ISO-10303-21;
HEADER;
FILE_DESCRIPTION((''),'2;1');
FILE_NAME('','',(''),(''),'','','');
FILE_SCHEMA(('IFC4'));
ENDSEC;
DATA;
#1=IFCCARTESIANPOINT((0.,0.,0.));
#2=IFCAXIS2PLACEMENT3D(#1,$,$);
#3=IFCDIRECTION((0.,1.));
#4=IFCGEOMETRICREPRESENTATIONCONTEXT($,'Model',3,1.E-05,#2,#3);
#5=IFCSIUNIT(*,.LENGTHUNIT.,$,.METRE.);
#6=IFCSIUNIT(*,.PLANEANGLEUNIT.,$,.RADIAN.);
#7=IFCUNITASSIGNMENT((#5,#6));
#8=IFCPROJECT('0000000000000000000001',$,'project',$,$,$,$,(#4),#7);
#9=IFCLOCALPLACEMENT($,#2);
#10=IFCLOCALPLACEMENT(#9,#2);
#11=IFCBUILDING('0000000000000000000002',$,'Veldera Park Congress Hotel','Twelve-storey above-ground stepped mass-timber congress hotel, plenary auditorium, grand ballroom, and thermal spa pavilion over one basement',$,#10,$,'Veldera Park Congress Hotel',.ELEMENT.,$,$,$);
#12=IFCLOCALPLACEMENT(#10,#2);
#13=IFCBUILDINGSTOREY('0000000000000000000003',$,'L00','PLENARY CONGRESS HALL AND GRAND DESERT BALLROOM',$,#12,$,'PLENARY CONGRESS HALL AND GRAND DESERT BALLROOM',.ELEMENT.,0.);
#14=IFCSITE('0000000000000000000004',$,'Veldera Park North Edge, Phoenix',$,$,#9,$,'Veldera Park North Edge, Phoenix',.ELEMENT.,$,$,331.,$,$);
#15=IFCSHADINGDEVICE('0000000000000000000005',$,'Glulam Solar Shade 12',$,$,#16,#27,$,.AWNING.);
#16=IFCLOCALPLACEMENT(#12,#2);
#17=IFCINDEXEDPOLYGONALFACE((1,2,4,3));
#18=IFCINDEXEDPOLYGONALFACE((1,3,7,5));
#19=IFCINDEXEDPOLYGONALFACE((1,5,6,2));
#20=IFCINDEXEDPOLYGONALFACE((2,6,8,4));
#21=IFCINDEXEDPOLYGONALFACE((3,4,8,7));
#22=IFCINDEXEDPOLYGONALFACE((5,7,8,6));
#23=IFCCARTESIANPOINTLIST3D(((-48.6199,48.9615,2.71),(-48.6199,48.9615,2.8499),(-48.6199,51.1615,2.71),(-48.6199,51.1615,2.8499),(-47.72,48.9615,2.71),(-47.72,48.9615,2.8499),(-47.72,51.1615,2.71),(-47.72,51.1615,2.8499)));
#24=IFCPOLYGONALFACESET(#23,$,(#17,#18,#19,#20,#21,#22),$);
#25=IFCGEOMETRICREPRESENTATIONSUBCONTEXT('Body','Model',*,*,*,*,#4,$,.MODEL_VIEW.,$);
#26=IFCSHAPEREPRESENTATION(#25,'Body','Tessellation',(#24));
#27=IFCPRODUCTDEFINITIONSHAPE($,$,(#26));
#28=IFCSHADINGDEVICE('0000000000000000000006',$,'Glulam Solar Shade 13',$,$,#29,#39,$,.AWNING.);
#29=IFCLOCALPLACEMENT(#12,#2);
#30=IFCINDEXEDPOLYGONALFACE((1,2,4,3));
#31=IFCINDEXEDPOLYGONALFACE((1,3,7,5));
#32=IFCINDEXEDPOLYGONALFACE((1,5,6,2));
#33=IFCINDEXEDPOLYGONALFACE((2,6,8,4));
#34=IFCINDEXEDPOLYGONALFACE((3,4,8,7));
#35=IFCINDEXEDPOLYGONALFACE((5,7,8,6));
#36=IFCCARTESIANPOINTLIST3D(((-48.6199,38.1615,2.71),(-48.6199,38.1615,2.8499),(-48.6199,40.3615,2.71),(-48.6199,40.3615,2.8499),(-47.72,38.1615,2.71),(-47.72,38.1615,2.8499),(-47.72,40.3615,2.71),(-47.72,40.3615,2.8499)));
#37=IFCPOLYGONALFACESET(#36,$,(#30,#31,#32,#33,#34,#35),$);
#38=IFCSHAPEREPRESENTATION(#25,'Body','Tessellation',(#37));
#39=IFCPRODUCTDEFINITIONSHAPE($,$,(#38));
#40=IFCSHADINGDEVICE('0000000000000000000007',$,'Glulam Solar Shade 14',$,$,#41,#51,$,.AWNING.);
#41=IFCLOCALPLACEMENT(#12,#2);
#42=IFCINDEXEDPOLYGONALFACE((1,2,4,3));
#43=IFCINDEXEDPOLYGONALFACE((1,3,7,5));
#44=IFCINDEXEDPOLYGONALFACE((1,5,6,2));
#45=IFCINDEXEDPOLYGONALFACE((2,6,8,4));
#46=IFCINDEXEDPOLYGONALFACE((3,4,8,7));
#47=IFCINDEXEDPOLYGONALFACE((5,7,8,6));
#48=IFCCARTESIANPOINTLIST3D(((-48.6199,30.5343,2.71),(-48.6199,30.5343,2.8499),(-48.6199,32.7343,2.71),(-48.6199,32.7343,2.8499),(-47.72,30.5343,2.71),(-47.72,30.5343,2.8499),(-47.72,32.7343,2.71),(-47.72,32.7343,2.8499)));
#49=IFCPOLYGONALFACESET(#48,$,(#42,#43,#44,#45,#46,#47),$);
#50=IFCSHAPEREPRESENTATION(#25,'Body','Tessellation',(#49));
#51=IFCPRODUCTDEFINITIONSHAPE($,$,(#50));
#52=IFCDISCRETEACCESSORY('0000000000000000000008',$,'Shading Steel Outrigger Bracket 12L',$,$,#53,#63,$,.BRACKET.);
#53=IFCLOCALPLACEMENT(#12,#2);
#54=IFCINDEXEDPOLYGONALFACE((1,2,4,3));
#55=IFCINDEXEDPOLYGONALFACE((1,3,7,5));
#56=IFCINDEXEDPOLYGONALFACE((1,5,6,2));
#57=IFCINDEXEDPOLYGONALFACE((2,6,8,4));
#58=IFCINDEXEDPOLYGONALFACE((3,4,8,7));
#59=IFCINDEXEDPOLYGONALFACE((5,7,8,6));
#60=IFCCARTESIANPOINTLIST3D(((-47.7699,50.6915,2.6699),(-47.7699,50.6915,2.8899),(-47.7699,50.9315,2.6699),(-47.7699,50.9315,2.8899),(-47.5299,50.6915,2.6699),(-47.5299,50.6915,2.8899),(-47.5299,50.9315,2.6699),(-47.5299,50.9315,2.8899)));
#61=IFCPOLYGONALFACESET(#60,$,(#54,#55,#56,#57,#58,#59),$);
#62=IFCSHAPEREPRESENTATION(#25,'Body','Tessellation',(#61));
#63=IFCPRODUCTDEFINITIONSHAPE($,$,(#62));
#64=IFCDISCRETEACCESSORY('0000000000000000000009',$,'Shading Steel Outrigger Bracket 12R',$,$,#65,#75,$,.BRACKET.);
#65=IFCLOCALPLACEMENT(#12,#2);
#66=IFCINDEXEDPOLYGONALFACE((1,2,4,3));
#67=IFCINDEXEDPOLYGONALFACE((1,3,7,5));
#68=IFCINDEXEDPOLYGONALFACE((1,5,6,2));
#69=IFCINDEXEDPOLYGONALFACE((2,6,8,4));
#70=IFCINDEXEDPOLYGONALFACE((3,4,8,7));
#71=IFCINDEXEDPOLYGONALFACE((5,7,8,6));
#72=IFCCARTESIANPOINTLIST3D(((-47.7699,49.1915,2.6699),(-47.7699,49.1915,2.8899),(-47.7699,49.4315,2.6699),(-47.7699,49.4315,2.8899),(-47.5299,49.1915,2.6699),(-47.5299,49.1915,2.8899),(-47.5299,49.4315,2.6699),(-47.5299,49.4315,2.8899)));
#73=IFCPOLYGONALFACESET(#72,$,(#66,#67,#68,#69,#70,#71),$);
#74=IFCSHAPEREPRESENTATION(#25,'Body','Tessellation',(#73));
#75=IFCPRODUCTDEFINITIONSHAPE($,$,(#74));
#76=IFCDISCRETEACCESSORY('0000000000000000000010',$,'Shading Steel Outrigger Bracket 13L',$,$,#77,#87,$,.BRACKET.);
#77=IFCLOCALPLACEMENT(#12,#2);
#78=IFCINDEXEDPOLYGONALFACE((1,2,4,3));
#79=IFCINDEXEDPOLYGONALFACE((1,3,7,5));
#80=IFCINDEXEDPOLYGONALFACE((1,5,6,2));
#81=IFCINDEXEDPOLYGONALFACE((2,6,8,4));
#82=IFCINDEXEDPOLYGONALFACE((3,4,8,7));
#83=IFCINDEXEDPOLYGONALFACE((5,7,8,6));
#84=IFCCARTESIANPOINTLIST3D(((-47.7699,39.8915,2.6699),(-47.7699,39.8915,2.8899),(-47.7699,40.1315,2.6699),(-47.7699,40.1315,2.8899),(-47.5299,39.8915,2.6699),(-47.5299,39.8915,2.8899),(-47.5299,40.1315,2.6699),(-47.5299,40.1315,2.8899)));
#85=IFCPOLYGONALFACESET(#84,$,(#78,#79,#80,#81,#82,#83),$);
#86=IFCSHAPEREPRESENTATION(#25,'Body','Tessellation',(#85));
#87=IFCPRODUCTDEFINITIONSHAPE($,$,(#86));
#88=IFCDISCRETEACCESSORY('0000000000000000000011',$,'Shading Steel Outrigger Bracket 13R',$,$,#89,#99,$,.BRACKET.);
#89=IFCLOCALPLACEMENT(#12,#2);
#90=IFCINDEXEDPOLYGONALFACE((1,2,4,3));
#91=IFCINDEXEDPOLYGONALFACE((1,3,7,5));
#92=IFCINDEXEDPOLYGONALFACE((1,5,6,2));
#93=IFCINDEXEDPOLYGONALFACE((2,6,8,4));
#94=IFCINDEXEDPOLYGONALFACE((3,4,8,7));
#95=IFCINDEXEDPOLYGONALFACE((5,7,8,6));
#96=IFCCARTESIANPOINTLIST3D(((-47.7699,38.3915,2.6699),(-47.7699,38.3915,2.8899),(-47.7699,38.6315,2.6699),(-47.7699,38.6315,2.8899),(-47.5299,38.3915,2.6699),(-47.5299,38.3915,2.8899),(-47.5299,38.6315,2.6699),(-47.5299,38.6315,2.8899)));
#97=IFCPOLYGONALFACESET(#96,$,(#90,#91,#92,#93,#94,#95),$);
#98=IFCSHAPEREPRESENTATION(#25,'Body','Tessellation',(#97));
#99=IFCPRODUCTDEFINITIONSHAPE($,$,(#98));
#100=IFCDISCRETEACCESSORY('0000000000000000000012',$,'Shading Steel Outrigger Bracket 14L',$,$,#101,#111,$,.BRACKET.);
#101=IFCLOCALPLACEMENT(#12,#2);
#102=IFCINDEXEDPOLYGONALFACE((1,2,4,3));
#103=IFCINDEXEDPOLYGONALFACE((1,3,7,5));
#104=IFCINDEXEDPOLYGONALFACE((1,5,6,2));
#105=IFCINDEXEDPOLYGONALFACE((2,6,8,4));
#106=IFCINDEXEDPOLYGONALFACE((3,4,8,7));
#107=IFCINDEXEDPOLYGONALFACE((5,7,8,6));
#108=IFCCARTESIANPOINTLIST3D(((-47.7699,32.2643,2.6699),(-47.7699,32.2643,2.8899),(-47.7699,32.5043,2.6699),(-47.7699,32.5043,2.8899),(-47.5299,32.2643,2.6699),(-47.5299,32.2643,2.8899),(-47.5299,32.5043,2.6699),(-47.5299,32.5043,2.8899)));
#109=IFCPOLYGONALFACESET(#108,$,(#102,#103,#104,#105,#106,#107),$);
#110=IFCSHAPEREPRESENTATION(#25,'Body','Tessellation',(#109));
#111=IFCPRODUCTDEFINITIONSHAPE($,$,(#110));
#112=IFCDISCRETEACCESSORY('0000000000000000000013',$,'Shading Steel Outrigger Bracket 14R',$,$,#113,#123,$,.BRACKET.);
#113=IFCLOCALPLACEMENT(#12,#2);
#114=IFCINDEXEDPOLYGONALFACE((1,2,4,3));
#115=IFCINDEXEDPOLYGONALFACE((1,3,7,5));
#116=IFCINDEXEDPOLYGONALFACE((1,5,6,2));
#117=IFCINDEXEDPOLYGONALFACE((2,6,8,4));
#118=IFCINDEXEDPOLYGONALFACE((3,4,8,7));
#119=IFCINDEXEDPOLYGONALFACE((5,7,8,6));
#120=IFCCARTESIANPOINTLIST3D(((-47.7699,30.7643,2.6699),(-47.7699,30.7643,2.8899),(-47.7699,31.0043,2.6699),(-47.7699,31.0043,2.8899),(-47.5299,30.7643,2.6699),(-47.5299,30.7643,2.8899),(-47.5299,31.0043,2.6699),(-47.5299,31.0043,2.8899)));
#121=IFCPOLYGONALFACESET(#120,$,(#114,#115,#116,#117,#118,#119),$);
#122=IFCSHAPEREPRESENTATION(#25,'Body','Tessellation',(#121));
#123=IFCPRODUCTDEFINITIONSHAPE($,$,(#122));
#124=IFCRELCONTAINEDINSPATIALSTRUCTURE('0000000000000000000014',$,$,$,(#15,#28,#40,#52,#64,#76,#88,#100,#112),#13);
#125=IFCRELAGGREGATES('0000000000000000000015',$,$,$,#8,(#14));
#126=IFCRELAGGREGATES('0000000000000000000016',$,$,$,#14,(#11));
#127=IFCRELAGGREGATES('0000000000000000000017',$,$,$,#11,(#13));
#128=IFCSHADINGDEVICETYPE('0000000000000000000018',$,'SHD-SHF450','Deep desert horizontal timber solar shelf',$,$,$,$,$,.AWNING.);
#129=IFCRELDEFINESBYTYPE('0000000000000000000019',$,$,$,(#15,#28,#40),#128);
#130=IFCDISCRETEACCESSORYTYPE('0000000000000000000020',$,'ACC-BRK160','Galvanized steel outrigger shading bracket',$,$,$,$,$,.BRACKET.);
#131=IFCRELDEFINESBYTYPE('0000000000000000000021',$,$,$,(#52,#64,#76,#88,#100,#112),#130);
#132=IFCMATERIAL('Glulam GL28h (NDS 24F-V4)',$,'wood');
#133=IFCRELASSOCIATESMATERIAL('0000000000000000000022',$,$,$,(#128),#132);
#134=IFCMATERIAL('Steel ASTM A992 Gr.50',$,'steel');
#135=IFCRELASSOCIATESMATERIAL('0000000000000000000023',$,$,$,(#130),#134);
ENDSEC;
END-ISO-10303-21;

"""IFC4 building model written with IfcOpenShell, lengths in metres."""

from ifc_helpers import new_model, si_unit, direction, frame, origin, origin_2d, place, context, subcontext, project, spatial, rectangle, extrude, material, type_object, element, save


model = new_model("IFC4")

# Units and contexts
model_context = context("Model", 3, precision=1e-05, world=origin(), true_north=direction((0.0, 1.0)))
body_context = subcontext(model_context, "Body", "Model", "MODEL_VIEW")
ifc_project = project(units=[si_unit("LENGTHUNIT", "METRE"), si_unit("PLANEANGLEUNIT", "RADIAN")], contexts=[model_context])

# Site, building, storey
site_placement = place(None, origin())
site = spatial("IfcSite", under=ifc_project, at=site_placement, Name="Veldera Park North Edge, Phoenix", LongName="Veldera Park North Edge, Phoenix", CompositionType="ELEMENT", RefElevation=331.0)
building_placement = place(site_placement, origin())
building = spatial("IfcBuilding", under=site, at=building_placement, Name="Veldera Park Congress Hotel", Description="Twelve-storey above-ground stepped mass-timber congress hotel, plenary auditorium, grand ballroom, and thermal spa pavilion over one basement", LongName="Veldera Park Congress Hotel", CompositionType="ELEMENT")
storey_placement = place(building_placement, origin())
storey = spatial("IfcBuildingStorey", under=building, at=storey_placement, Name="L00", Description="PLENARY CONGRESS HALL AND GRAND DESERT BALLROOM", LongName="PLENARY CONGRESS HALL AND GRAND DESERT BALLROOM", CompositionType="ELEMENT", Elevation=0.0)

# Shared definitions
ifc_material_1 = material(Name="Steel ASTM A992 Gr.50", Category="steel")

# Shading devices
ifc_material_2 = material(Name="Glulam GL28h (NDS 24F-V4)", Category="wood")
shading_device_type = type_object("IfcShadingDeviceType", Name="SHD-SHF450", Description="Deep desert horizontal timber solar shelf", PredefinedType="AWNING", material=ifc_material_2)
for number, where, z_axis, x_axis, name in (
    (1, (-48.1699, 50.0615, 2.71), (0.0, 0.0, 1.0), (0.0, -1.0, 0.0), "Glulam Solar Shade 12"),
    (2, (-48.1699, 39.2615, 2.71), (0.0, 0.0, 1.0), (0.0, -1.0, 0.0), "Glulam Solar Shade 13"),
    (3, (-48.1699, 31.6343, 2.71), (0.0, 0.0, 1.0), (0.0, -1.0, 0.0), "Glulam Solar Shade 14"),
):
    element("IfcShadingDevice", number, at=place(storey_placement, frame(where, z_axis=z_axis, x_axis=x_axis)), inside=storey, type_object=shading_device_type, Name=name, PredefinedType="AWNING", context=body_context, shape_type="SweptSolid", body=[
        extrude(rectangle(XDim=2.2, YDim=0.8999, at=origin_2d()), origin(), (0.0, 0.0, 1.0), 0.1399),
    ])

# Discrete accessories
discrete_accessory_type = type_object("IfcDiscreteAccessoryType", Name="ACC-BRK160", Description="Galvanized steel outrigger shading bracket", PredefinedType="BRACKET", material=ifc_material_1)
for number, where, z_axis, x_axis, name in (
    (4, (-47.6499, 50.8115, 2.6699), (0.0, 0.0, 1.0), (0.0, -1.0, 0.0), "Shading Steel Outrigger Bracket 12L"),
    (5, (-47.6499, 49.3115, 2.6699), (0.0, 0.0, 1.0), (0.0, -1.0, 0.0), "Shading Steel Outrigger Bracket 12R"),
    (6, (-47.6499, 40.0115, 2.6699), (0.0, 0.0, 1.0), (0.0, -1.0, 0.0), "Shading Steel Outrigger Bracket 13L"),
    (7, (-47.6499, 38.5115, 2.6699), (0.0, 0.0, 1.0), (0.0, -1.0, 0.0), "Shading Steel Outrigger Bracket 13R"),
    (8, (-47.6499, 32.3843, 2.6699), (0.0, 0.0, 1.0), (0.0, -1.0, 0.0), "Shading Steel Outrigger Bracket 14L"),
    (9, (-47.6499, 30.8843, 2.6699), (0.0, 0.0, 1.0), (0.0, -1.0, 0.0), "Shading Steel Outrigger Bracket 14R"),
):
    element("IfcDiscreteAccessory", number, at=place(storey_placement, frame(where, z_axis=z_axis, x_axis=x_axis)), inside=storey, type_object=discrete_accessory_type, Name=name, PredefinedType="BRACKET", context=body_context, shape_type="SweptSolid", body=[
        extrude(rectangle(XDim=0.24, YDim=0.24, at=origin_2d()), origin(), (0.0, 0.0, 1.0), 0.22),
    ])

save(model, "model.ifc")
